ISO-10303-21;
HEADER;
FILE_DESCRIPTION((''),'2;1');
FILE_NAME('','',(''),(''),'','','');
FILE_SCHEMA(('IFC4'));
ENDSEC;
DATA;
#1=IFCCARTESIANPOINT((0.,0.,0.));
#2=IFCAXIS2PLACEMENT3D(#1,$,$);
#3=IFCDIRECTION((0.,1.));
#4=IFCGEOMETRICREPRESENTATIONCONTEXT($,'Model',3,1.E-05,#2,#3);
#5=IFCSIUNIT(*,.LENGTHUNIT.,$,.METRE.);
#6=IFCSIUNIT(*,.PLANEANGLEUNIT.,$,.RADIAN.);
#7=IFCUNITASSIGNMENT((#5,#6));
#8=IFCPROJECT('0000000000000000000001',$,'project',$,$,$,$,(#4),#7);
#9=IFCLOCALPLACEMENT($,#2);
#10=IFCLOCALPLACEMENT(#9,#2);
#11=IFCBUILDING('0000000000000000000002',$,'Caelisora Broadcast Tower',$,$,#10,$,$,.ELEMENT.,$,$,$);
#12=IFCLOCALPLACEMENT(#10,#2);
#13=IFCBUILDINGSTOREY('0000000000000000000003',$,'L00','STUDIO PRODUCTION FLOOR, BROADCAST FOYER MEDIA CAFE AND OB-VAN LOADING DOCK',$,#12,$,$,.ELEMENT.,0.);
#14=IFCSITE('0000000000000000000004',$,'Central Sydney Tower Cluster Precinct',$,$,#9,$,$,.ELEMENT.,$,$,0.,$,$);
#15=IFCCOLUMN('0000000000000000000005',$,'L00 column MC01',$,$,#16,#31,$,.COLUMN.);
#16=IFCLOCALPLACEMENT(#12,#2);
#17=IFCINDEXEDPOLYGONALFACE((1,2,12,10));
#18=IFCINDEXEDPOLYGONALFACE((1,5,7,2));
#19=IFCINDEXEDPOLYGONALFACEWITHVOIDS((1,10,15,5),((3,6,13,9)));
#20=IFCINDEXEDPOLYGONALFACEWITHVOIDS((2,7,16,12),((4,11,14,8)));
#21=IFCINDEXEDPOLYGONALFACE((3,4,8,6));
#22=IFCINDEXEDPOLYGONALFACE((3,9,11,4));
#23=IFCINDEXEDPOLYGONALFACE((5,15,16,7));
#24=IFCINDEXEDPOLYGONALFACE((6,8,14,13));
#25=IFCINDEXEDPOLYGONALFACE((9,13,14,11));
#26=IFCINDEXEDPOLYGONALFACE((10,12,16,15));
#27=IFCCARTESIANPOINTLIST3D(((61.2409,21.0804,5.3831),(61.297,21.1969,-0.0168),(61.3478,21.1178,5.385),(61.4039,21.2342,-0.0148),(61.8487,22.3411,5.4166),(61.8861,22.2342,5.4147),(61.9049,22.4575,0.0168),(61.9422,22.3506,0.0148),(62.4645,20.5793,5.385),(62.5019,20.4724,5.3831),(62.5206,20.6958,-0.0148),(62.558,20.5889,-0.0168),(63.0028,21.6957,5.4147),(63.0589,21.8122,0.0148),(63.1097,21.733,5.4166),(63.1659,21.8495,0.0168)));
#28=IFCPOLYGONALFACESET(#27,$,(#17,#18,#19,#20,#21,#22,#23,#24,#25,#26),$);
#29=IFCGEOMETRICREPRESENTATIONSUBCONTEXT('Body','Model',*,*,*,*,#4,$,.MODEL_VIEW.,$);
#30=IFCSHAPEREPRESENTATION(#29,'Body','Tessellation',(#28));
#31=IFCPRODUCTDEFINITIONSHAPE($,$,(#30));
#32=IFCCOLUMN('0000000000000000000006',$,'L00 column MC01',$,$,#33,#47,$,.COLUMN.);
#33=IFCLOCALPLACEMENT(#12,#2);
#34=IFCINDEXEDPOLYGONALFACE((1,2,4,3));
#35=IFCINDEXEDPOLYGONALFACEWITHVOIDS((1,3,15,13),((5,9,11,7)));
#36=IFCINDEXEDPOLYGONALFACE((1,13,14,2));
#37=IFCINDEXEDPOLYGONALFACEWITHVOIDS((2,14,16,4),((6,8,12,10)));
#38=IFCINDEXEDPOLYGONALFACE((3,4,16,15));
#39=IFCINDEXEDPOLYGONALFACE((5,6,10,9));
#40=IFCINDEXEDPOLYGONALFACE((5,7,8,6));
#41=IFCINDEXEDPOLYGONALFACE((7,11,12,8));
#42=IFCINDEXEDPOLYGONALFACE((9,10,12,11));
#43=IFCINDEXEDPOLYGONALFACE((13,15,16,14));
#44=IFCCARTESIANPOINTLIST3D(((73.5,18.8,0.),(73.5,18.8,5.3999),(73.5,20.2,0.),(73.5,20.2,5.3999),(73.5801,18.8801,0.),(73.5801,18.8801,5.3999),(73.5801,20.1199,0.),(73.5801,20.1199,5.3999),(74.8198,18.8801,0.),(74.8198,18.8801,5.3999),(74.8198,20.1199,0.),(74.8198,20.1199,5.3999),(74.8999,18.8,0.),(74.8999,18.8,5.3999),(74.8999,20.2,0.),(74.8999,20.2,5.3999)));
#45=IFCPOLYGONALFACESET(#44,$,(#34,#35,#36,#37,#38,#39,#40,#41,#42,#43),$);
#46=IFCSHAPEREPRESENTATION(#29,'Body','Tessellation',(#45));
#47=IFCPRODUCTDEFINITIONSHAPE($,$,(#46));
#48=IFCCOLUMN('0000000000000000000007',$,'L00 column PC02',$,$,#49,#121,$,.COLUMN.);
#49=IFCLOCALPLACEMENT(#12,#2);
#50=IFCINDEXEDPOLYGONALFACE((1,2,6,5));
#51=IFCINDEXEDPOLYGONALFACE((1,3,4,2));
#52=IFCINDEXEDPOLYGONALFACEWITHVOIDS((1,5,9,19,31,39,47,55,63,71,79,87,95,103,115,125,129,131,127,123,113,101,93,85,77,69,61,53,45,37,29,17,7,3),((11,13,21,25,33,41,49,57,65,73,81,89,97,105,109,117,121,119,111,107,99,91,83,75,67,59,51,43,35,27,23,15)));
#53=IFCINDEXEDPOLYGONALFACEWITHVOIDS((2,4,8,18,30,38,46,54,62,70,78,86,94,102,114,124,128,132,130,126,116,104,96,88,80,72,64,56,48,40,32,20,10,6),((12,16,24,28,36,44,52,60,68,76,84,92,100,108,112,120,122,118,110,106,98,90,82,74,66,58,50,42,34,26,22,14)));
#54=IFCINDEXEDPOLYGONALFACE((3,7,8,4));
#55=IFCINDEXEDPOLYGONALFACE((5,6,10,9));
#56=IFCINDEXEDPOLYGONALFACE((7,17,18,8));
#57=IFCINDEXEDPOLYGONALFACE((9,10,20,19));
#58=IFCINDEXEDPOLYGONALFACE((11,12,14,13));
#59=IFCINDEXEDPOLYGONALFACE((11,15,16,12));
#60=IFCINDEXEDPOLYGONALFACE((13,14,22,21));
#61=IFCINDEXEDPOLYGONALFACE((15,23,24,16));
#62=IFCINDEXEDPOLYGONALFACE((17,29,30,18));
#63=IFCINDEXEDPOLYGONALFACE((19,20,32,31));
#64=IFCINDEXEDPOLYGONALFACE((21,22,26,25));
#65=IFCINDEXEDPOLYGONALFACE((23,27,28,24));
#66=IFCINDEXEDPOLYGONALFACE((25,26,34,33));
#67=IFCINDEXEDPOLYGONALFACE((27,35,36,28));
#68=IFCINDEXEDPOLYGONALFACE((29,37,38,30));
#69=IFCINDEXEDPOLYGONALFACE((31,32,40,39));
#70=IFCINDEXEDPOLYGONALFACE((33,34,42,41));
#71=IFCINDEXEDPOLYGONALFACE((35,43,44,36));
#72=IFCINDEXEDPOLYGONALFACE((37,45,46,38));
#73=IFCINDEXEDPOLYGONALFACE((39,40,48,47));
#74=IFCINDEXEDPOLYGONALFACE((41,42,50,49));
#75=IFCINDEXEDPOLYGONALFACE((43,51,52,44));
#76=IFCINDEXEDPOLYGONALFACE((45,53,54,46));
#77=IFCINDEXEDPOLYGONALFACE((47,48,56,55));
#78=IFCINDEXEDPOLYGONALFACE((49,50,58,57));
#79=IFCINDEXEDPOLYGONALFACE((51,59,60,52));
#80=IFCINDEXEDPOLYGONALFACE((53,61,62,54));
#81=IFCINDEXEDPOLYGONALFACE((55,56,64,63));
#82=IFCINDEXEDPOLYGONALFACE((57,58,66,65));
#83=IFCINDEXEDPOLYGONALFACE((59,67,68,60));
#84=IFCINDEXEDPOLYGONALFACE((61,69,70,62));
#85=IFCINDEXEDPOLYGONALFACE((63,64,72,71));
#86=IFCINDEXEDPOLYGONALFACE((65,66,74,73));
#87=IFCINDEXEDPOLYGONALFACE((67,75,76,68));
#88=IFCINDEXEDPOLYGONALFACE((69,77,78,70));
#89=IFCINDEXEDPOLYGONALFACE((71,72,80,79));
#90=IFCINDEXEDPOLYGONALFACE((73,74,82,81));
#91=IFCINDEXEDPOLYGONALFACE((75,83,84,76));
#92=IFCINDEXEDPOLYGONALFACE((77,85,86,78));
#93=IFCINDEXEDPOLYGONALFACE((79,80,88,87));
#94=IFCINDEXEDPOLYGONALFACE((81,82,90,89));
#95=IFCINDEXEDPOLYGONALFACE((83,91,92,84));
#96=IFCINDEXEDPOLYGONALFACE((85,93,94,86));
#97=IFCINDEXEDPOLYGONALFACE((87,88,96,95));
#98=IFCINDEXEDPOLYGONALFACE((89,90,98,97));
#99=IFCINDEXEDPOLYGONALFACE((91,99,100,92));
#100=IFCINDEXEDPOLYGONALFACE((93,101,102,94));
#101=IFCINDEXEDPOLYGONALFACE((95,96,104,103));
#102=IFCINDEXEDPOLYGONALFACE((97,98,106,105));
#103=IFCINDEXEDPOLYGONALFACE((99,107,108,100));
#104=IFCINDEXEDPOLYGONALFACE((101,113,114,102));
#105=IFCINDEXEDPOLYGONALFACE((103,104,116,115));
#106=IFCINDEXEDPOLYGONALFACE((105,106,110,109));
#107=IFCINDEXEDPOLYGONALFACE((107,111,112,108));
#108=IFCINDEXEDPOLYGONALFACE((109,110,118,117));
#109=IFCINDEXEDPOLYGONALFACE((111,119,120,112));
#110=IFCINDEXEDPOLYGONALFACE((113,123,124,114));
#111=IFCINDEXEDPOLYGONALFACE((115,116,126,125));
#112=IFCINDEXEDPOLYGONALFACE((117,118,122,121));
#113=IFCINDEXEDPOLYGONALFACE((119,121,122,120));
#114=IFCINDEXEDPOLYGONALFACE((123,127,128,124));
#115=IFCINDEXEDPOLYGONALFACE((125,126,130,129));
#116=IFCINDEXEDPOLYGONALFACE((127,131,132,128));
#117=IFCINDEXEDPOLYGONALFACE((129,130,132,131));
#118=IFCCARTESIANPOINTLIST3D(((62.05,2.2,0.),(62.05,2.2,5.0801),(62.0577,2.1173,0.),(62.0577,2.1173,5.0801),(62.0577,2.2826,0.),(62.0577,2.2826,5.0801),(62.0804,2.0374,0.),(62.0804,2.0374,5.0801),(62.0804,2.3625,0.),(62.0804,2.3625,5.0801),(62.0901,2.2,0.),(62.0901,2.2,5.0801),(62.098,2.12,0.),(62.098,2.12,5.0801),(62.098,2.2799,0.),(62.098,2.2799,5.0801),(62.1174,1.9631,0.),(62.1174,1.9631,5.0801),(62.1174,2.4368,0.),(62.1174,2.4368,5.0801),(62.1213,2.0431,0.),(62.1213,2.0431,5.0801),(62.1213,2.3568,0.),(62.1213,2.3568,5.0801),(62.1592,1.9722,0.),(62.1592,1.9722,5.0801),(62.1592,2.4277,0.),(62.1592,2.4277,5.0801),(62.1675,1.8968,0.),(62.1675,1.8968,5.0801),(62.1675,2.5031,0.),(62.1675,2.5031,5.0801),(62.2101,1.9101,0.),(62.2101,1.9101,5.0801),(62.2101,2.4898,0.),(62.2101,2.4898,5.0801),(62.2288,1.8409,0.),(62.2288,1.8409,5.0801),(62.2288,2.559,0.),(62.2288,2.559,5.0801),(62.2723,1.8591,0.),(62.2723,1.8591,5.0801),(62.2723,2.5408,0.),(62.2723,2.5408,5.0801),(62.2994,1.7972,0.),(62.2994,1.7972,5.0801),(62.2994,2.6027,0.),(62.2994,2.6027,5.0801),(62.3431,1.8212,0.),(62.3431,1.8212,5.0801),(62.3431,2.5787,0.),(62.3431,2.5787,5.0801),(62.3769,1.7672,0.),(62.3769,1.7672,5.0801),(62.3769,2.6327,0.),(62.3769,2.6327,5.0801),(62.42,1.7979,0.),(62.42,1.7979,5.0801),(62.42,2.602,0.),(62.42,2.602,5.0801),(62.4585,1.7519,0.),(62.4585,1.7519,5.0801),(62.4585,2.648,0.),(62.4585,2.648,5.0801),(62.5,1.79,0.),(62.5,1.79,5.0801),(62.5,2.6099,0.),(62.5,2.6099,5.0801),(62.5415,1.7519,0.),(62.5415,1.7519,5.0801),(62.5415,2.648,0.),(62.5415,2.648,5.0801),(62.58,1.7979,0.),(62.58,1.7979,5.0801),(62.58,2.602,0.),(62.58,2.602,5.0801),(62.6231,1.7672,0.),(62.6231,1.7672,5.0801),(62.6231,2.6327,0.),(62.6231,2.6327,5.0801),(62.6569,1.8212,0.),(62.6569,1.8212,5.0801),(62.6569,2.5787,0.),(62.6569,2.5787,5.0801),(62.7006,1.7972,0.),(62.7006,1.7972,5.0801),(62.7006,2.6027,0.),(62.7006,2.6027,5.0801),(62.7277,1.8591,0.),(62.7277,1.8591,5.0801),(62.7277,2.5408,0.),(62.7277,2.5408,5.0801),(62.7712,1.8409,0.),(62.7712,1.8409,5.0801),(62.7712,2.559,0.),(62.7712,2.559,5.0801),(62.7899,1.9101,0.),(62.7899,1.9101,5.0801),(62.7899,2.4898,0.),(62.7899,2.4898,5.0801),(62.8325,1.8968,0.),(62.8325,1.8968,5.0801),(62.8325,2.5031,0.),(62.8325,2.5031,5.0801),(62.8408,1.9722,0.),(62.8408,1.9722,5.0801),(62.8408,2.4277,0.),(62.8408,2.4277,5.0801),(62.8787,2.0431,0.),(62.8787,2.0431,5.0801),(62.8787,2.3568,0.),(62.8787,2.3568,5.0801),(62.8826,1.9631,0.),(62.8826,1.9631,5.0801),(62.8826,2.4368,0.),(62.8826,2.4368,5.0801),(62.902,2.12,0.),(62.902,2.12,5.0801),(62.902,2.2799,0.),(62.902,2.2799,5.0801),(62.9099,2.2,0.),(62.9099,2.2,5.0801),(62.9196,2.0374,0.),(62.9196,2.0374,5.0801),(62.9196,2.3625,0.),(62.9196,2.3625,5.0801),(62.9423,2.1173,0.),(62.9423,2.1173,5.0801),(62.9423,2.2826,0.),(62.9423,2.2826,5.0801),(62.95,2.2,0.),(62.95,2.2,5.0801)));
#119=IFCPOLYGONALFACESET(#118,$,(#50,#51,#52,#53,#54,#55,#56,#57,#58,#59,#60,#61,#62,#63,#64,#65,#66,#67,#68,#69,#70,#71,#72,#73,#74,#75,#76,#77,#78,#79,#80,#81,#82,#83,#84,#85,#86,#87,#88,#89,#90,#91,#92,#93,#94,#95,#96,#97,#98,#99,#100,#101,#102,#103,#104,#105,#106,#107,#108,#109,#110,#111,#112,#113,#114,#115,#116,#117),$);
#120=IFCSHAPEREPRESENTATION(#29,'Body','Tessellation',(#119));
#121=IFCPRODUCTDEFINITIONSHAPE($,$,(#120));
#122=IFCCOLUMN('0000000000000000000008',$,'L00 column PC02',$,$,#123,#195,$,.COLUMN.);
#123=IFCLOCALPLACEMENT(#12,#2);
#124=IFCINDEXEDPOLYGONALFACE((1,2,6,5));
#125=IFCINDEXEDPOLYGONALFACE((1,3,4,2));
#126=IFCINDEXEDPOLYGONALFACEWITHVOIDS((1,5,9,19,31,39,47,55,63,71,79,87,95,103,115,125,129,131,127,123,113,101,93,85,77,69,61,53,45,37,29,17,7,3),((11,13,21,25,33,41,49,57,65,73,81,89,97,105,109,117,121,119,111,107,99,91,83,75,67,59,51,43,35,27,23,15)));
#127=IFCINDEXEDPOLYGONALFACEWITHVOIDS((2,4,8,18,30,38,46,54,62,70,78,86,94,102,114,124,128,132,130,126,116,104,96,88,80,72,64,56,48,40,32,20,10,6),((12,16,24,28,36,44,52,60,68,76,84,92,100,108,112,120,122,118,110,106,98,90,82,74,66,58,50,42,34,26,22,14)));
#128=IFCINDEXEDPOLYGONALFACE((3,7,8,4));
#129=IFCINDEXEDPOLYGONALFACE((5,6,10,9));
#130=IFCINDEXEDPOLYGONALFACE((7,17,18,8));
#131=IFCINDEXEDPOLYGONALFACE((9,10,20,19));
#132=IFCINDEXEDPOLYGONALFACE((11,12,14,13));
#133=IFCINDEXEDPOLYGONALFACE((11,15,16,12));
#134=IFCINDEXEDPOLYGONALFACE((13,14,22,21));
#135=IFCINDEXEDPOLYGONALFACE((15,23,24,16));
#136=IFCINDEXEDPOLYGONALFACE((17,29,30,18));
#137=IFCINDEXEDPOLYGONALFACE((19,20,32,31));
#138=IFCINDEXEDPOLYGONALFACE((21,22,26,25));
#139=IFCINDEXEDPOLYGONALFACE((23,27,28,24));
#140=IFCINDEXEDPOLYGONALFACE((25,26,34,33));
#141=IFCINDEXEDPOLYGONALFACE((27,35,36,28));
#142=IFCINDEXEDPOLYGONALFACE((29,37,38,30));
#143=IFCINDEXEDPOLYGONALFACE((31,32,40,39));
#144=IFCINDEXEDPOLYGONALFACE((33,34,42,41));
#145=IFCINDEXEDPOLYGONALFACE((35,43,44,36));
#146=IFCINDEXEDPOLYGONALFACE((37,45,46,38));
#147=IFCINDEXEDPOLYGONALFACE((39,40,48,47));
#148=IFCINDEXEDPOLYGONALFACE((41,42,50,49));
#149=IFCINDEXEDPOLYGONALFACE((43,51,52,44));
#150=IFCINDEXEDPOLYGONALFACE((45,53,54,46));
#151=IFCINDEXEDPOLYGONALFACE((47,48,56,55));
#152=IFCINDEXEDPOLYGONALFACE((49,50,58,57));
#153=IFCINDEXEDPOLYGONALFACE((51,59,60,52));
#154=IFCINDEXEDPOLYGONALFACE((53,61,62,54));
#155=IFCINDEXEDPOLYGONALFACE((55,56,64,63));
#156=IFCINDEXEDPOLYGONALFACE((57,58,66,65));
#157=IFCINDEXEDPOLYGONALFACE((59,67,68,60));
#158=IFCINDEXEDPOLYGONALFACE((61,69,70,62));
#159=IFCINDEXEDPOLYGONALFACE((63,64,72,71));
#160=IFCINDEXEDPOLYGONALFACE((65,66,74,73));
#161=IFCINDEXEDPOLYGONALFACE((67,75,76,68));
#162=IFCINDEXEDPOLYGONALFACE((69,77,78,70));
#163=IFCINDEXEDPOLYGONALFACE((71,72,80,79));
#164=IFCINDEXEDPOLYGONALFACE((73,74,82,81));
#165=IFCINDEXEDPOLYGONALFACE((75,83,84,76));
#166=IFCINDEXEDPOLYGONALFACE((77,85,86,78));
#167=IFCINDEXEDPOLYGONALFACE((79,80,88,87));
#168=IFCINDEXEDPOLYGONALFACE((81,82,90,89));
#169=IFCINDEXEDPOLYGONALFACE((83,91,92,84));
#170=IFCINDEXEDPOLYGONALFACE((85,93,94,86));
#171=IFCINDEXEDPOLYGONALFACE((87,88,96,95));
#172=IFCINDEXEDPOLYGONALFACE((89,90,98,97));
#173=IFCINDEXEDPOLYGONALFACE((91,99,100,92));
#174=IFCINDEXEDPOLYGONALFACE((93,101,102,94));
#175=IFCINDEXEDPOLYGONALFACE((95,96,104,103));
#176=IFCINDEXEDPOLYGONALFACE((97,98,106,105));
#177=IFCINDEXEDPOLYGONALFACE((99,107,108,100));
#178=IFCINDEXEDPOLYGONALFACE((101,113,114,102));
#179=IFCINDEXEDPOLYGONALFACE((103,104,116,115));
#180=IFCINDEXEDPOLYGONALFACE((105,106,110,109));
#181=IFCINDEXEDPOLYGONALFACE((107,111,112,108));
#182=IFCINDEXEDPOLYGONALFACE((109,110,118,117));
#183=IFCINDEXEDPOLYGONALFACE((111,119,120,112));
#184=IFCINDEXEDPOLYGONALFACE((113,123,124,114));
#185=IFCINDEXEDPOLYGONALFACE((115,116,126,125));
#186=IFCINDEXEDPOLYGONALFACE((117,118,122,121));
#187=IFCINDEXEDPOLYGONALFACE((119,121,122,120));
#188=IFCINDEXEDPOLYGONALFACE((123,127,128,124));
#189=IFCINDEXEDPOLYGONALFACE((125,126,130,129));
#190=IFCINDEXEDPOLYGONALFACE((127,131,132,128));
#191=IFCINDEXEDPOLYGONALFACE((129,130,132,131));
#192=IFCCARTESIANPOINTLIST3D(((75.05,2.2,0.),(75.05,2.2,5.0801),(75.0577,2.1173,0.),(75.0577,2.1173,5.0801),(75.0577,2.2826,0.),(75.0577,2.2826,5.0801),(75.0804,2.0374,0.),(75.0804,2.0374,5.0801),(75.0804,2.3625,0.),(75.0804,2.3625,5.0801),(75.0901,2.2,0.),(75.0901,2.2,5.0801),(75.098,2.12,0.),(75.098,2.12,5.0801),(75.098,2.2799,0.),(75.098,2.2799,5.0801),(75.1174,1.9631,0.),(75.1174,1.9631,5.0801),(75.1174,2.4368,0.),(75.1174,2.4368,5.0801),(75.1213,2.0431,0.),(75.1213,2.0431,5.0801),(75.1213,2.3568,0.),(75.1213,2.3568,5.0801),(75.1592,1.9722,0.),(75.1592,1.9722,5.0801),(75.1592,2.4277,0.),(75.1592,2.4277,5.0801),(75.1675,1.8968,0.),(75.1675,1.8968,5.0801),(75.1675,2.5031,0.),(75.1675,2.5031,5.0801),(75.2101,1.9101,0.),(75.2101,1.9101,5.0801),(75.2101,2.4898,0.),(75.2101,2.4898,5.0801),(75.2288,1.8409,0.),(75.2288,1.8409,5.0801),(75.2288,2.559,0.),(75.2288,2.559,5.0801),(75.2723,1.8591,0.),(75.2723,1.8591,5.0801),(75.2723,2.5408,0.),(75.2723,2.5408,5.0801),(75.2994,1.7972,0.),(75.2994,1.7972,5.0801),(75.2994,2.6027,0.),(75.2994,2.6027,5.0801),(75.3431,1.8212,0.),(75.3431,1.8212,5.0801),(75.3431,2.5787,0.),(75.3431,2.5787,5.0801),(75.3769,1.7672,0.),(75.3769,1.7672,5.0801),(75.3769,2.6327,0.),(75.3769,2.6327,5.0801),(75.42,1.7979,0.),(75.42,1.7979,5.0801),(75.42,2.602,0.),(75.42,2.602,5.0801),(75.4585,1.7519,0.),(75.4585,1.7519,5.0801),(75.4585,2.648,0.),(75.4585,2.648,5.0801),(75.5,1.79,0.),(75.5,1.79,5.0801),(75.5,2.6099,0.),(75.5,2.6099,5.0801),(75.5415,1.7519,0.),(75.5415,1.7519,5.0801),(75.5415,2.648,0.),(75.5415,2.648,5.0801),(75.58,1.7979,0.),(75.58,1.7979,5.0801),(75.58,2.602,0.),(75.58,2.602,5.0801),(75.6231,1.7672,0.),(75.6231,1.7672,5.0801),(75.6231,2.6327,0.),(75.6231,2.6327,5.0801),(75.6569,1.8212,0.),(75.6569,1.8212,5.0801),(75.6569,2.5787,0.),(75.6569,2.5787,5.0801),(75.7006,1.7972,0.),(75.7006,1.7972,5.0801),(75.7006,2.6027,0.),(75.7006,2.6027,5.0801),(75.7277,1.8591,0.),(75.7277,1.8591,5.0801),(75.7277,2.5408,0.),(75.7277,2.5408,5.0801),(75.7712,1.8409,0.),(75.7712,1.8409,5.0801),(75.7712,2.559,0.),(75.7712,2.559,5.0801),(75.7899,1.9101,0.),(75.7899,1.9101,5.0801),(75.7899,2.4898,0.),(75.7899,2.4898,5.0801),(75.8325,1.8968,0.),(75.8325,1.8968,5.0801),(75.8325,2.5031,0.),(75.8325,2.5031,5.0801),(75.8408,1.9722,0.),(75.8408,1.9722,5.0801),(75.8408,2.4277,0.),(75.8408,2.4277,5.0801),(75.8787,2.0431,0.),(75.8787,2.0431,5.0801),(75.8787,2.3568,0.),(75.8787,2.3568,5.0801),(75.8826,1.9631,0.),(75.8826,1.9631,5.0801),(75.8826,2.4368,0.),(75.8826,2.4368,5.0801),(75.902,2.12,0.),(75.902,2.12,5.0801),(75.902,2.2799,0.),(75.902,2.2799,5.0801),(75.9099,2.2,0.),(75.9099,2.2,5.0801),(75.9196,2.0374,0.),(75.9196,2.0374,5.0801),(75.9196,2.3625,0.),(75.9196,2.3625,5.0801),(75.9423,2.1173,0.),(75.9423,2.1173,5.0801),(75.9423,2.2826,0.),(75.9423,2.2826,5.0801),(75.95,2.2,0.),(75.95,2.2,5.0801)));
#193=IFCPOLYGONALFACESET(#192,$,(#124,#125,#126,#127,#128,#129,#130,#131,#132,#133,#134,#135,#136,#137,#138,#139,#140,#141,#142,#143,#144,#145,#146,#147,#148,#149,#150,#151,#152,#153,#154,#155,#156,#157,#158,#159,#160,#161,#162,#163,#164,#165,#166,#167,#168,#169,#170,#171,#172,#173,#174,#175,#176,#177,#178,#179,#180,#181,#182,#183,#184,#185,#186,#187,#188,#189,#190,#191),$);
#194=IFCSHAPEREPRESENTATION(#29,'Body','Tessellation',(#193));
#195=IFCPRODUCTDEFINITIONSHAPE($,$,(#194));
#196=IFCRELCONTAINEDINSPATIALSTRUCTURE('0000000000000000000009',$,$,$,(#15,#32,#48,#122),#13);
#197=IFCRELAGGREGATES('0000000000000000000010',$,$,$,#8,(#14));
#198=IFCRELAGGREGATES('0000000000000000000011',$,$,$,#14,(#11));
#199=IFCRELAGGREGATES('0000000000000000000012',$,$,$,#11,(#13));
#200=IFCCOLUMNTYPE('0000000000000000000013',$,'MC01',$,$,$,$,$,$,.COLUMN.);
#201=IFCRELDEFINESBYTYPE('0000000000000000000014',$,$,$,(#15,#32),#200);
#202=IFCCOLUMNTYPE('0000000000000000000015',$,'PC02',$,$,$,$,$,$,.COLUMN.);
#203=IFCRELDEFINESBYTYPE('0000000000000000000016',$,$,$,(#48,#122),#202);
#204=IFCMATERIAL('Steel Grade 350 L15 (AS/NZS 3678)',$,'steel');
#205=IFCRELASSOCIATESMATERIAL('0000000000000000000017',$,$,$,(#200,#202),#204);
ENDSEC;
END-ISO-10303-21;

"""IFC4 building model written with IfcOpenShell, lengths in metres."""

from ifc_helpers import new_model, si_unit, direction, frame, origin, origin_2d, place, context, subcontext, project, spatial, hollow_rectangle, hollow_circle, extrude, source, transform, mapped, material, material_profile, profile_set, type_object, type_shapes, element, save


model = new_model("IFC4")

# Units and contexts
model_context = context("Model", 3, precision=1e-05, world=origin(), true_north=direction((0.0, 1.0)))
body_context = subcontext(model_context, "Body", "Model", "MODEL_VIEW")
ifc_project = project(units=[si_unit("LENGTHUNIT", "METRE"), si_unit("PLANEANGLEUNIT", "RADIAN")], contexts=[model_context])

# Site, building, storey
site_placement = place(None, origin())
site = spatial("IfcSite", under=ifc_project, at=site_placement, Name="Central Sydney Tower Cluster Precinct", CompositionType="ELEMENT", RefElevation=0.0)
building_placement = place(site_placement, origin())
building = spatial("IfcBuilding", under=site, at=building_placement, Name="Caelisora Broadcast Tower", CompositionType="ELEMENT")
storey_placement = place(building_placement, origin())
storey = spatial("IfcBuildingStorey", under=building, at=storey_placement, Name="L00", Description="STUDIO PRODUCTION FLOOR, BROADCAST FOYER MEDIA CAFE AND OB-VAN LOADING DOCK", CompositionType="ELEMENT", Elevation=0.0)

# Columns
ifc_material_1 = material(Name="Steel Grade 350 L15 (AS/NZS 3678)", Category="steel")
ifc_material_profile_1 = material_profile(ifc_material_1, hollow_rectangle(XDim=1.3999, YDim=1.3999, WallThickness=0.0801, at=origin_2d()), Name="Steel Grade 350 L15 (AS/NZS 3678)")
ifc_profile_set_1 = profile_set([ifc_material_profile_1], Name="Steel Grade 350 L15 (AS/NZS 3678)")
column_type_1 = type_object("IfcColumnType", Name="MC01", PredefinedType="COLUMN", material=ifc_profile_set_1)
shared_shape_1 = source(origin(), body_context, "Body", "SweptSolid", [
    extrude(hollow_rectangle(XDim=1.3999, YDim=1.3999, WallThickness=0.0801, at=origin_2d()), origin(), (0.0, 0.0, 1.0), 5.4014),
])
column_1_placement = place(storey_placement, frame((62.2314, 21.5232, 0.0), z_axis=(-0.010396, -0.02156, 0.999714), x_axis=(0.900755, -0.434327, 0.0)))
element("IfcColumn", 1, at=column_1_placement, inside=storey, type_object=column_type_1, Name="L00 column MC01", PredefinedType="COLUMN", context=body_context, shape_type="MappedRepresentation", body=[
    mapped(shared_shape_1, transform((0.0, 0.0, 0.0), scale=1.0)),
])
shared_shape_2 = source(origin(), body_context, "Body", "SweptSolid", [
    extrude(hollow_rectangle(XDim=1.3999, YDim=1.3999, WallThickness=0.0801, at=origin_2d()), origin(), (0.0, 0.0, 1.0), 5.3999),
])
type_shapes(column_type_1, [shared_shape_1, shared_shape_2])
column_2_placement = place(storey_placement, frame((74.2, 19.5, 0.0), z_axis=(0.0, 0.0, 1.0), x_axis=(1.0, 0.0, 0.0)))
element("IfcColumn", 2, at=column_2_placement, inside=storey, type_object=column_type_1, Name="L00 column MC01", PredefinedType="COLUMN", context=body_context, shape_type="MappedRepresentation", body=[
    mapped(shared_shape_2, transform((0.0, 0.0, 0.0), scale=1.0)),
])
ifc_material_profile_2 = material_profile(ifc_material_1, hollow_circle(Radius=0.45, WallThickness=0.04, at=origin_2d()), Name="Steel Grade 350 L15 (AS/NZS 3678)")
ifc_profile_set_2 = profile_set([ifc_material_profile_2], Name="Steel Grade 350 L15 (AS/NZS 3678)")
column_type_2 = type_object("IfcColumnType", Name="PC02", PredefinedType="COLUMN", material=ifc_profile_set_2)
shared_shape_3 = source(origin(), body_context, "Body", "SweptSolid", [
    extrude(hollow_circle(Radius=0.45, WallThickness=0.04, at=origin_2d()), origin(), (0.0, 0.0, 1.0), 5.0801),
])
type_shapes(column_type_2, [shared_shape_3])
for number, where, z_axis, x_axis, name in (
    (3, (62.5, 2.2, 0.0), (0.0, 0.0, 1.0), (1.0, 0.0, 0.0), "L00 column PC02"),
    (4, (75.5, 2.2, 0.0), (0.0, 0.0, 1.0), (1.0, 0.0, 0.0), "L00 column PC02"),
):
    element("IfcColumn", number, at=place(storey_placement, frame(where, z_axis=z_axis, x_axis=x_axis)), inside=storey, type_object=column_type_2, Name=name, PredefinedType="COLUMN", context=body_context, shape_type="MappedRepresentation", body=[
        mapped(shared_shape_3, transform((0.0, 0.0, 0.0), scale=1.0)),
    ])

save(model, "model.ifc")
